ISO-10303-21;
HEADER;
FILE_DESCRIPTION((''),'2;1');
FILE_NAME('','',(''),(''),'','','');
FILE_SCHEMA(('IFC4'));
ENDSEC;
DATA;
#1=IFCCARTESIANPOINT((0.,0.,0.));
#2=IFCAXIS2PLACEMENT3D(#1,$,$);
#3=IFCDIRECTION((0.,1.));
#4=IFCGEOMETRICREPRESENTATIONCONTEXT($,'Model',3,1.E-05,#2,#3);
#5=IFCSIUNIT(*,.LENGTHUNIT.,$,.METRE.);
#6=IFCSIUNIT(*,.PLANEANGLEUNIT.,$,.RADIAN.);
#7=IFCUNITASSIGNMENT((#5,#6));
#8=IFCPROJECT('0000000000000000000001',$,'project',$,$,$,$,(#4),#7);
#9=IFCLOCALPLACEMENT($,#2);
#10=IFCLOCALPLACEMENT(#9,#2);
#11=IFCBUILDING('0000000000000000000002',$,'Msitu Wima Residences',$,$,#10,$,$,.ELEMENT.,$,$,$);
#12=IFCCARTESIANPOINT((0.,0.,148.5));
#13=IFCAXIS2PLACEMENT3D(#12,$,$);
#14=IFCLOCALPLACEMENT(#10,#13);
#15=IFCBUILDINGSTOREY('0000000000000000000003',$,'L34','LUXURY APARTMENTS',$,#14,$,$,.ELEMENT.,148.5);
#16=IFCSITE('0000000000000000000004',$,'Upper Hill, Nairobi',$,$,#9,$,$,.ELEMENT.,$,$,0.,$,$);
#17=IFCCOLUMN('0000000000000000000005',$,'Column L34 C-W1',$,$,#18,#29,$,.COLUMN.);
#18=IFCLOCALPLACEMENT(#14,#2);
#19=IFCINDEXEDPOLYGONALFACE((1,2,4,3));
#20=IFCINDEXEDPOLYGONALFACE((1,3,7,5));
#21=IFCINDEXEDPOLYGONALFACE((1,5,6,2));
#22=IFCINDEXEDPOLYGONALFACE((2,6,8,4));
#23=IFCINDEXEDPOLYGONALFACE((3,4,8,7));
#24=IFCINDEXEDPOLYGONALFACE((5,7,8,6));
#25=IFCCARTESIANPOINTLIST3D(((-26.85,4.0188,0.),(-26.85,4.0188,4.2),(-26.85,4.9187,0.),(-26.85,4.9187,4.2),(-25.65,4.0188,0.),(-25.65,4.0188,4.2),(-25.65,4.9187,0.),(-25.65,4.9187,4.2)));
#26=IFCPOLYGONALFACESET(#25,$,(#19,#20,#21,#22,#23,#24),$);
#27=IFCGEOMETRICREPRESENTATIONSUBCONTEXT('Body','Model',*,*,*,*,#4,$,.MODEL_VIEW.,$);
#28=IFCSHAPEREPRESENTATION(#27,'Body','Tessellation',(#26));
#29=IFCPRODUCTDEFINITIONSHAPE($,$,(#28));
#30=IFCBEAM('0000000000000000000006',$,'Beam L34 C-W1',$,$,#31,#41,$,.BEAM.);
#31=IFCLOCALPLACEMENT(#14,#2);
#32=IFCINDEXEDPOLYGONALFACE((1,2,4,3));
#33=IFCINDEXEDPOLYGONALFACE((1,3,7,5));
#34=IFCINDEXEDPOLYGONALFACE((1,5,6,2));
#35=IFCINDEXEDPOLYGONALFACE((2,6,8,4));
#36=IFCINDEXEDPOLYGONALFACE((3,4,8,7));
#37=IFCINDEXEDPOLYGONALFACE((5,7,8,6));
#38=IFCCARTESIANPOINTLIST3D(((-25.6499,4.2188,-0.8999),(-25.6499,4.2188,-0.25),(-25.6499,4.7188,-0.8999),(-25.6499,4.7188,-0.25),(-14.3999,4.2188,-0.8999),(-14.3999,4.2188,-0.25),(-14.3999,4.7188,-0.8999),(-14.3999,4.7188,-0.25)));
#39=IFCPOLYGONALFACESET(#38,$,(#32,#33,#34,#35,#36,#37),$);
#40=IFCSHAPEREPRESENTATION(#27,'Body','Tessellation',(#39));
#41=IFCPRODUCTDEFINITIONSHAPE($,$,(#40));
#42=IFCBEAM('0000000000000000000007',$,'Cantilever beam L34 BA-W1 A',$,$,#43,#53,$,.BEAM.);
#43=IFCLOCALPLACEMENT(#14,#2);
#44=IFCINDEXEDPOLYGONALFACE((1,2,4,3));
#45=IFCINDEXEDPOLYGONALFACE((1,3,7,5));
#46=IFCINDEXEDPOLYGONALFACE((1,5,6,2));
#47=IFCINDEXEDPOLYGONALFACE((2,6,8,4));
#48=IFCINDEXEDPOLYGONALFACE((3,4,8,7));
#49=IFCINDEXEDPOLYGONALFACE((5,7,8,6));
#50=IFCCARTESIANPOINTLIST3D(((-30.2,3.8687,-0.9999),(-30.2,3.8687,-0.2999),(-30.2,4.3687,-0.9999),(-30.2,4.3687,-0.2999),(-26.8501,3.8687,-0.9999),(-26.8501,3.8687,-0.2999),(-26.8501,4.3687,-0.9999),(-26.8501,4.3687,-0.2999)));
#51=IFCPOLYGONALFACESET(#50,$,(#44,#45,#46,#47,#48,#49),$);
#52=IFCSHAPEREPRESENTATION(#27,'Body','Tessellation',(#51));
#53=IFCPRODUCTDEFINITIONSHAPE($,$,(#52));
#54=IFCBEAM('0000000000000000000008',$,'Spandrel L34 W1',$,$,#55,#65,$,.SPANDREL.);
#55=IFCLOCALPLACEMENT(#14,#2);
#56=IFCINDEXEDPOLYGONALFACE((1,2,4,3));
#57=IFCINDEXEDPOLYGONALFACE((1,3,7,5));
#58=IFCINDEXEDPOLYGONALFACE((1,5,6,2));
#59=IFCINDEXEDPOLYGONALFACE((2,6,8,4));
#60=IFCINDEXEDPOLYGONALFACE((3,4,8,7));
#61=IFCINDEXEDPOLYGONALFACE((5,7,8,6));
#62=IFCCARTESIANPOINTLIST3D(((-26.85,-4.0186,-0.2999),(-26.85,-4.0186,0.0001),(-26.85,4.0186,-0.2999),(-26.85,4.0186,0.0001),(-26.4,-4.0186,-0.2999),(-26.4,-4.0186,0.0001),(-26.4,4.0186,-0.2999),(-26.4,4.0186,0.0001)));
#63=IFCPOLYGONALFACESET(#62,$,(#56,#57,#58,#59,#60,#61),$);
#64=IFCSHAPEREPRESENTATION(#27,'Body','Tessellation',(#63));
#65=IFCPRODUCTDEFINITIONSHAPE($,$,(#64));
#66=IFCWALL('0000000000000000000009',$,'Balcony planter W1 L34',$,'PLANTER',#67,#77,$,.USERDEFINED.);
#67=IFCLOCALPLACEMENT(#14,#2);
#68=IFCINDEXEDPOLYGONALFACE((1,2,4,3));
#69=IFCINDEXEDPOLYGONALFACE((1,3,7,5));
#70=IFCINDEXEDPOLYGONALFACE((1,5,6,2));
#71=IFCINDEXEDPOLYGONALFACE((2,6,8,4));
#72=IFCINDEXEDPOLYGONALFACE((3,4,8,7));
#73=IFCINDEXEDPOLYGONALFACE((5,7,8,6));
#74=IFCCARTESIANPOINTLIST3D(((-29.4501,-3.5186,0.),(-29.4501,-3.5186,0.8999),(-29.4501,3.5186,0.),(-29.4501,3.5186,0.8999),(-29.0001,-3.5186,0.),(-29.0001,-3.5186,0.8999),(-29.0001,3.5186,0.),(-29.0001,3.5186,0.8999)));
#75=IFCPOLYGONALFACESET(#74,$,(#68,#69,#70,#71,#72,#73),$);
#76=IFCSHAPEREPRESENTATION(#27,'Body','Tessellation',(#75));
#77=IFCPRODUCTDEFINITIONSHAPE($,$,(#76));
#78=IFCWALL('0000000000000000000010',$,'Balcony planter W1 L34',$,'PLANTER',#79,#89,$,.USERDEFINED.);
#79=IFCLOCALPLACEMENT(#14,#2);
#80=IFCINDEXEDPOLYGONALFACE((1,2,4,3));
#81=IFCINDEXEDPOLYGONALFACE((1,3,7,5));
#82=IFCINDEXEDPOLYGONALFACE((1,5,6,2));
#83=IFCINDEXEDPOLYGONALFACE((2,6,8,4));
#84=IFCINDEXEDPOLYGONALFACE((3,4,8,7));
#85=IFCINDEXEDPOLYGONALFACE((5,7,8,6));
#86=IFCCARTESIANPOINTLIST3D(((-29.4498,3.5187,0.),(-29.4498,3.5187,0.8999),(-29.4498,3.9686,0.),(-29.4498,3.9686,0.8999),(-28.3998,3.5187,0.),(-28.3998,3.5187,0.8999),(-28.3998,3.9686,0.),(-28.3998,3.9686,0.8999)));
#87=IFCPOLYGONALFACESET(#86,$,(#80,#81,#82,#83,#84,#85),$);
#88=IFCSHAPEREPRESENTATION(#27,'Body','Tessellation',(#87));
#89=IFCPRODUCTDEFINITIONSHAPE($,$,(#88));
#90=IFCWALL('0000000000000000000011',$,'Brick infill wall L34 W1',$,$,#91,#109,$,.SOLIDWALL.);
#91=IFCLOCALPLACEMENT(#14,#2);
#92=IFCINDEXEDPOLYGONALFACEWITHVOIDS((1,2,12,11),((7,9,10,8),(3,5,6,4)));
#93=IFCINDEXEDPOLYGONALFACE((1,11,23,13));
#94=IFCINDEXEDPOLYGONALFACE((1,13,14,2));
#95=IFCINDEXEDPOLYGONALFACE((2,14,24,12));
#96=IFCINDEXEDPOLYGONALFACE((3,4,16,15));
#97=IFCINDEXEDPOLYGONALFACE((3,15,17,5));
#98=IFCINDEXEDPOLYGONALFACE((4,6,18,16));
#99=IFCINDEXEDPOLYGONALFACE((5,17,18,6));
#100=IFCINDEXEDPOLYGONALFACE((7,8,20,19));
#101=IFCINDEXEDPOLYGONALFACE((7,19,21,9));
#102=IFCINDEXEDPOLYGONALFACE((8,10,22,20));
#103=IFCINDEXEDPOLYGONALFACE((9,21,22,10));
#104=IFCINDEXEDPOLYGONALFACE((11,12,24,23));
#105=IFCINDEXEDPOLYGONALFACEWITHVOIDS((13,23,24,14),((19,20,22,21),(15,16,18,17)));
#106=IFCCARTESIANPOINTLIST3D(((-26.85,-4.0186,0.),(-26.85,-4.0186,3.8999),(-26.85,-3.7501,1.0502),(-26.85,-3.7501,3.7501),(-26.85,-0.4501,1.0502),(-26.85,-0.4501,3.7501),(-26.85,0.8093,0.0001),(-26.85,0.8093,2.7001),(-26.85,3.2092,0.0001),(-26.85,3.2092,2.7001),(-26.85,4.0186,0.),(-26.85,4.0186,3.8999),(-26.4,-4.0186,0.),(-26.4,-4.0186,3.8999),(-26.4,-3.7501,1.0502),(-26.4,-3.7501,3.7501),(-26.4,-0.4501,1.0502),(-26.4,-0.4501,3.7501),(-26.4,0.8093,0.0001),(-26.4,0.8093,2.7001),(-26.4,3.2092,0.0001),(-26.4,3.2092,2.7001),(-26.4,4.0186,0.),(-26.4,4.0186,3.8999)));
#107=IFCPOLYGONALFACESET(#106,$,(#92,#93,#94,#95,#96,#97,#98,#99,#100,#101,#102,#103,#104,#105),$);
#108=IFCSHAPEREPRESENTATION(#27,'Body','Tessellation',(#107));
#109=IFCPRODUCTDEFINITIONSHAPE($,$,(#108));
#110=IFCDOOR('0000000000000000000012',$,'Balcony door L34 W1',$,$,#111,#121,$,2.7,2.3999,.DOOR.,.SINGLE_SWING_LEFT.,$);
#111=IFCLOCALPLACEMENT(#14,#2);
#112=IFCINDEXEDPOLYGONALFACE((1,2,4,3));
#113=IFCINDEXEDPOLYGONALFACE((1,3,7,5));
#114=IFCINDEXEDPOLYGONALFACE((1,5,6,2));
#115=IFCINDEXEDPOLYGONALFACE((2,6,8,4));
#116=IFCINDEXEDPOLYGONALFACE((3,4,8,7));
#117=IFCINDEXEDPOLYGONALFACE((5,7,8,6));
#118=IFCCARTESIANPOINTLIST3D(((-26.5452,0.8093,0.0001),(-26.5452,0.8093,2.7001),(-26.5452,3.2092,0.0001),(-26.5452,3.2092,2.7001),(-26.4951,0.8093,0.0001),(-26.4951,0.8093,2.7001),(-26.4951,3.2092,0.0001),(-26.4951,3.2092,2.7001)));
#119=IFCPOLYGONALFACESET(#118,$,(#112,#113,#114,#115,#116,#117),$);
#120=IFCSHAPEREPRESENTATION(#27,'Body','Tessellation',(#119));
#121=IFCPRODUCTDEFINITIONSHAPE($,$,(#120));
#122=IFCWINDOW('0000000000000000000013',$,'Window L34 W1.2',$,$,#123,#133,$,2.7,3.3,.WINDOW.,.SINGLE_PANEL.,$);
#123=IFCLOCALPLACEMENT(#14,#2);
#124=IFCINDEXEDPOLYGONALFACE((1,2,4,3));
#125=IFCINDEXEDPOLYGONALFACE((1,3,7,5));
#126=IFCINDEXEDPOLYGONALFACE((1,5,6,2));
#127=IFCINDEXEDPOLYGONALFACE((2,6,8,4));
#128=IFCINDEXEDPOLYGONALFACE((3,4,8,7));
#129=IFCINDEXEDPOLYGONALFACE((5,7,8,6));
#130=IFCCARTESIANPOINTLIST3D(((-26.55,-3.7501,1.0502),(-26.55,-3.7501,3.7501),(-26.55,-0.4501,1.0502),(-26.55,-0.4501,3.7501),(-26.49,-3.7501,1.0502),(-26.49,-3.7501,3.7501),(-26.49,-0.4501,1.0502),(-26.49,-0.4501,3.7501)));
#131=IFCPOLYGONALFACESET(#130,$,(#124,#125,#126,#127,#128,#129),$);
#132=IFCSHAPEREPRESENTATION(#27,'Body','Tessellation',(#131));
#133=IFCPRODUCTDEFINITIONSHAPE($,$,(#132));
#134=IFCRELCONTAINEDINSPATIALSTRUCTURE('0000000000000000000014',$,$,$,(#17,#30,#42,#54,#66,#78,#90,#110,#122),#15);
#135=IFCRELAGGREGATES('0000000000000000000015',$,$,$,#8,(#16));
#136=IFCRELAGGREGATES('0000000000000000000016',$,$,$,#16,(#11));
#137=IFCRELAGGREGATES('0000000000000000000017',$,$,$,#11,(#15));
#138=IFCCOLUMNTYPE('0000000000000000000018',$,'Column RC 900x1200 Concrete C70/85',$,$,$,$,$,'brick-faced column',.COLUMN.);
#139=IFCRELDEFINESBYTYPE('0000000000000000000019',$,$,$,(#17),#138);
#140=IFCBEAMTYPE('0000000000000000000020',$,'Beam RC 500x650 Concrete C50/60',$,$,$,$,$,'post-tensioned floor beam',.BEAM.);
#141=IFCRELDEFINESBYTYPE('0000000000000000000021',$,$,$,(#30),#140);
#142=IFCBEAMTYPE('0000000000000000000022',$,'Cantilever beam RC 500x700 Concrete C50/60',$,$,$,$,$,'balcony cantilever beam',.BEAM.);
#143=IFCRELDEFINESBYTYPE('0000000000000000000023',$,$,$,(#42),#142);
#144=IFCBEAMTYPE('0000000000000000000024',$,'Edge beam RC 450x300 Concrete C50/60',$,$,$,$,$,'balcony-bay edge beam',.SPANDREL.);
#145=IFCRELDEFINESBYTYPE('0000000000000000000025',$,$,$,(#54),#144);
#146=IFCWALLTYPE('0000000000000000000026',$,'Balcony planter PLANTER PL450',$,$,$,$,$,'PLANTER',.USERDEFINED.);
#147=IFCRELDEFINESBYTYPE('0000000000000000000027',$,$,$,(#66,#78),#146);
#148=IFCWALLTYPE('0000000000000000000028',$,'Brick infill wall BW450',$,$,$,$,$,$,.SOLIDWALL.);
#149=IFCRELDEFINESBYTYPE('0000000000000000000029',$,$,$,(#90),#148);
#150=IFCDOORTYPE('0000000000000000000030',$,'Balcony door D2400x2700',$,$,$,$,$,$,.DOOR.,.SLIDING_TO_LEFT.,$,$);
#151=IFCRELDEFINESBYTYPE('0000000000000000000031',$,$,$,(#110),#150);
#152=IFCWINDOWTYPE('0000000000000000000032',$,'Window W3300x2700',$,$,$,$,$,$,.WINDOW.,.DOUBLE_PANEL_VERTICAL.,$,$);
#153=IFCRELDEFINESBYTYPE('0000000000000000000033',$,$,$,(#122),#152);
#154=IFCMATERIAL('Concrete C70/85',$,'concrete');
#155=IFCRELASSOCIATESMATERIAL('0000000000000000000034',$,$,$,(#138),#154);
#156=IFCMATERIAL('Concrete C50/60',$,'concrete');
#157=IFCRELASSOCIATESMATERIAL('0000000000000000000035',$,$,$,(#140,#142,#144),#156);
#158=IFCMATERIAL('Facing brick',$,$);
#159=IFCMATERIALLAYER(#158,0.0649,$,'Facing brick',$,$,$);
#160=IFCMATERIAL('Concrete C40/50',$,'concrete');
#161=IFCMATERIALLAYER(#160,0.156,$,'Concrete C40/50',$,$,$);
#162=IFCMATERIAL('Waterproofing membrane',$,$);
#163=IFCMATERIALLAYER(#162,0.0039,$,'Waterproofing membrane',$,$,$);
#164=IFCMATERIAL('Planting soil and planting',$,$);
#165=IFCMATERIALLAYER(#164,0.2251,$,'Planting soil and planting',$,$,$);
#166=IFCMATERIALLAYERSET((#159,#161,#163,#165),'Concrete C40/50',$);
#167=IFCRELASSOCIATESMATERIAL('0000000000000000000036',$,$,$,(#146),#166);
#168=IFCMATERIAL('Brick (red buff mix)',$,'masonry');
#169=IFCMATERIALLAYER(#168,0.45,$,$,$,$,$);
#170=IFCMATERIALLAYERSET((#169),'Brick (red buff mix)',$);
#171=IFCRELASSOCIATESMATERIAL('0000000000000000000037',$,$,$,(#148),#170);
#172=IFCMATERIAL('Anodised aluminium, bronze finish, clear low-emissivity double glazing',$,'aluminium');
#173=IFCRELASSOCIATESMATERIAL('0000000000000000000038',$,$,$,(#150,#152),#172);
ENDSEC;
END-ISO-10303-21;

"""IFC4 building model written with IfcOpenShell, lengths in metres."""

from ifc_helpers import new_model, si_unit, direction, frame, frame_2d, origin, origin_2d, place, context, subcontext, project, spatial, rectangle, extrude, material, layer, layer_set, material_profile, profile_set, type_object, element, fill, save


model = new_model("IFC4")

# Units and contexts
model_context = context("Model", 3, precision=1e-05, world=origin(), true_north=direction((0.0, 1.0)))
body_context = subcontext(model_context, "Body", "Model", "MODEL_VIEW")
ifc_project = project(units=[si_unit("LENGTHUNIT", "METRE"), si_unit("PLANEANGLEUNIT", "RADIAN")], contexts=[model_context])

# Site, building, storey
site_placement = place(None, origin())
site = spatial("IfcSite", under=ifc_project, at=site_placement, Name="Upper Hill, Nairobi", CompositionType="ELEMENT", RefElevation=0.0)
building_placement = place(site_placement, origin())
building = spatial("IfcBuilding", under=site, at=building_placement, Name="Msitu Wima Residences", CompositionType="ELEMENT")
storey_placement = place(building_placement, frame((0.0, 0.0, 148.5)))
storey = spatial("IfcBuildingStorey", under=building, at=storey_placement, Name="L34", Description="LUXURY APARTMENTS", CompositionType="ELEMENT", Elevation=148.5)

# Column
ifc_material_1 = material(Name="Concrete C70/85", Category="concrete")
ifc_material_profile_1 = material_profile(ifc_material_1, rectangle(XDim=0.8999, YDim=1.2, at=origin_2d()), Name="RC 900x1200")
ifc_profile_set_1 = profile_set([ifc_material_profile_1], Name="Concrete C70/85")
column_type = type_object("IfcColumnType", Name="Column RC 900x1200 Concrete C70/85", ElementType="brick-faced column", PredefinedType="COLUMN", material=ifc_profile_set_1)
column_placement = place(storey_placement, frame((-26.25, 4.4688, 0.0), z_axis=(0.0, 0.0, 1.0), x_axis=(0.0, -1.0, 0.0)))
element("IfcColumn", 1, at=column_placement, inside=storey, type_object=column_type, Name="Column L34 C-W1", PredefinedType="COLUMN", context=body_context, shape_type="SweptSolid", body=[
    extrude(rectangle(XDim=0.8999, YDim=1.2, at=origin_2d()), origin(), (0.0, 0.0, 1.0), 4.2),
])

# Beams
ifc_material_2 = material(Name="Concrete C50/60", Category="concrete")
ifc_material_profile_2 = material_profile(ifc_material_2, rectangle(XDim=0.5, YDim=0.6499, at=origin_2d()), Name="RC 500x650")
ifc_profile_set_2 = profile_set([ifc_material_profile_2], Name="Concrete C50/60")
beam_type_1 = type_object("IfcBeamType", Name="Beam RC 500x650 Concrete C50/60", ElementType="post-tensioned floor beam", PredefinedType="BEAM", material=ifc_profile_set_2)
beam_1_placement = place(storey_placement, frame((-25.6499, 4.4688, -0.575), z_axis=(1.0, 0.0, 0.0), x_axis=(0.0, 1.0, 0.0)))
element("IfcBeam", 2, at=beam_1_placement, inside=storey, type_object=beam_type_1, Name="Beam L34 C-W1", PredefinedType="BEAM", context=body_context, shape_type="SweptSolid", body=[
    extrude(rectangle(XDim=0.5, YDim=0.6499, at=origin_2d()), origin(), (0.0, 0.0, 1.0), 11.25),
])
ifc_material_profile_3 = material_profile(ifc_material_2, rectangle(XDim=0.5, YDim=0.7, at=origin_2d()), Name="RC 500x700")
ifc_profile_set_3 = profile_set([ifc_material_profile_3], Name="Concrete C50/60")
beam_type_2 = type_object("IfcBeamType", Name="Cantilever beam RC 500x700 Concrete C50/60", ElementType="balcony cantilever beam", PredefinedType="BEAM", material=ifc_profile_set_3)
beam_2_placement = place(storey_placement, frame((-26.8501, 4.1187, -0.6499), z_axis=(-1.0, 0.0, 0.0), x_axis=(0.0, -1.0, 0.0)))
element("IfcBeam", 3, at=beam_2_placement, inside=storey, type_object=beam_type_2, Name="Cantilever beam L34 BA-W1 A", PredefinedType="BEAM", context=body_context, shape_type="SweptSolid", body=[
    extrude(rectangle(XDim=0.5, YDim=0.7, at=origin_2d()), origin(), (0.0, 0.0, 1.0), 3.3499),
])
ifc_material_profile_4 = material_profile(ifc_material_2, rectangle(XDim=0.45, YDim=0.3, at=origin_2d()), Name="RC 450x300")
ifc_profile_set_4 = profile_set([ifc_material_profile_4], Name="Concrete C50/60")
beam_type_3 = type_object("IfcBeamType", Name="Edge beam RC 450x300 Concrete C50/60", ElementType="balcony-bay edge beam", PredefinedType="SPANDREL", material=ifc_profile_set_4)
beam_3_placement = place(storey_placement, frame((-26.625, 4.0186, -0.1499), z_axis=(0.0, -1.0, 0.0), x_axis=(1.0, 0.0, 0.0)))
element("IfcBeam", 4, at=beam_3_placement, inside=storey, type_object=beam_type_3, Name="Spandrel L34 W1", PredefinedType="SPANDREL", context=body_context, shape_type="SweptSolid", body=[
    extrude(rectangle(XDim=0.45, YDim=0.3, at=origin_2d()), origin(), (0.0, 0.0, 1.0), 8.0371),
])

# Walls
ifc_material_3 = material(Name="Facing brick")
ifc_layer_1 = layer(ifc_material_3, 0.0649, Name="Facing brick")
ifc_material_4 = material(Name="Concrete C40/50", Category="concrete")
ifc_layer_2 = layer(ifc_material_4, 0.156, Name="Concrete C40/50")
ifc_material_5 = material(Name="Waterproofing membrane")
ifc_layer_3 = layer(ifc_material_5, 0.0039, Name="Waterproofing membrane")
ifc_material_6 = material(Name="Planting soil and planting")
ifc_layer_4 = layer(ifc_material_6, 0.2251, Name="Planting soil and planting")
ifc_layer_set_1 = layer_set([ifc_layer_1, ifc_layer_2, ifc_layer_3, ifc_layer_4], Name="Concrete C40/50")
wall_type_1 = type_object("IfcWallType", Name="Balcony planter PLANTER PL450", ElementType="PLANTER", PredefinedType="USERDEFINED", material=ifc_layer_set_1)
wall_1_placement = place(storey_placement, frame((-29.2251, 3.5186, 0.0), z_axis=(0.0, 0.0, 1.0), x_axis=(0.0, -1.0, 0.0)))
element("IfcWall", 5, at=wall_1_placement, inside=storey, type_object=wall_type_1, Name="Balcony planter W1 L34", ObjectType="PLANTER", PredefinedType="USERDEFINED", context=body_context, shape_type="SweptSolid", body=[
    extrude(rectangle(XDim=7.0371, YDim=0.45, at=frame_2d((3.5186, 0.0))), origin(), (0.0, 0.0, 1.0), 0.8999),
])
wall_2_placement = place(storey_placement, frame((-28.3999, 3.7437, 0.0), z_axis=(0.0, 0.0, 1.0), x_axis=(-1.0, 0.0, 0.0)))
element("IfcWall", 6, at=wall_2_placement, inside=storey, type_object=wall_type_1, Name="Balcony planter W1 L34", ObjectType="PLANTER", PredefinedType="USERDEFINED", context=body_context, shape_type="SweptSolid", body=[
    extrude(rectangle(XDim=1.05, YDim=0.45, at=frame_2d((0.5249, 0.0))), origin(), (0.0, 0.0, 1.0), 0.8999),
])

# Wall, openings, door, window
ifc_material_7 = material(Name="Brick (red buff mix)", Category="masonry")
ifc_layer_5 = layer(ifc_material_7, 0.45)
ifc_layer_set_2 = layer_set([ifc_layer_5], Name="Brick (red buff mix)")
wall_type_2 = type_object("IfcWallType", Name="Brick infill wall BW450", PredefinedType="SOLIDWALL", material=ifc_layer_set_2)
wall_3_placement = place(storey_placement, frame((-26.625, 4.0186, 0.0), z_axis=(0.0, 0.0, 1.0), x_axis=(0.0, -1.0, 0.0)))
wall_3 = element("IfcWall", 7, at=wall_3_placement, inside=storey, type_object=wall_type_2, Name="Brick infill wall L34 W1", PredefinedType="SOLIDWALL", context=body_context, shape_type="SweptSolid", body=[
    extrude(rectangle(XDim=8.0371, YDim=0.45, at=frame_2d((4.0186, 0.0))), origin(), (0.0, 0.0, 1.0), 3.8999),
])
opening_1_placement = place(wall_3_placement, frame((0.8093, 0.0, 0.0)))
opening_1 = element("IfcOpeningElement", 8, at=opening_1_placement, cuts=wall_3, PredefinedType="OPENING", context=body_context, shape_type="SweptSolid", body=[
    extrude(rectangle(XDim=2.3999, YDim=2.7, at=frame_2d((1.2, 1.3501))), frame((0.0, 0.2349, 0.0), z_axis=(0.0, -1.0, 0.0), x_axis=(1.0, 0.0, 0.0)), (0.0, 0.0, 1.0), 0.47),
])
opening_2_placement = place(wall_3_placement, frame((4.4688, 0.0, 1.05)))
opening_2 = element("IfcOpeningElement", 9, at=opening_2_placement, cuts=wall_3, PredefinedType="OPENING", context=body_context, shape_type="SweptSolid", body=[
    extrude(rectangle(XDim=3.3, YDim=2.7, at=frame_2d((1.6499, 1.3501))), frame((0.0, 0.2349, 0.0), z_axis=(0.0, -1.0, 0.0), x_axis=(1.0, 0.0, 0.0)), (0.0, 0.0, 1.0), 0.47),
])
ifc_material_8 = material(Name="Anodised aluminium, bronze finish, clear low-emissivity double glazing", Category="aluminium")
door_type_1 = type_object("IfcDoorType", Name="Balcony door D2400x2700", OperationType="SLIDING_TO_LEFT", PredefinedType="DOOR", material=ifc_material_8)
door_1_placement = place(opening_1_placement, origin())
door_1 = element("IfcDoor", 10, at=door_1_placement, inside=storey, type_object=door_type_1, Name="Balcony door L34 W1", OperationType="SINGLE_SWING_LEFT", OverallHeight=2.7, OverallWidth=2.3999, PredefinedType="DOOR", context=body_context, shape_type="SweptSolid", body=[
    extrude(rectangle(XDim=2.3999, YDim=2.7, at=frame_2d((1.2, 1.3501))), frame((0.0, 0.1299, 0.0), z_axis=(0.0, -1.0, 0.0), x_axis=(1.0, 0.0, 0.0)), (0.0, 0.0, 1.0), 0.05),
])
fill(opening_1, door_1)
window_type = type_object("IfcWindowType", Name="Window W3300x2700", PartitioningType="DOUBLE_PANEL_VERTICAL", PredefinedType="WINDOW", material=ifc_material_8)
window_placement = place(opening_2_placement, origin())
window = element("IfcWindow", 11, at=window_placement, inside=storey, type_object=window_type, Name="Window L34 W1.2", OverallHeight=2.7, OverallWidth=3.3, PartitioningType="SINGLE_PANEL", PredefinedType="WINDOW", context=body_context, shape_type="SweptSolid", body=[
    extrude(rectangle(XDim=3.3, YDim=2.7, at=frame_2d((1.6499, 1.3501))), frame((0.0, 0.135, 0.0), z_axis=(0.0, -1.0, 0.0), x_axis=(1.0, 0.0, 0.0)), (0.0, 0.0, 1.0), 0.0601),
])
fill(opening_2, window)

save(model, "model.ifc")
